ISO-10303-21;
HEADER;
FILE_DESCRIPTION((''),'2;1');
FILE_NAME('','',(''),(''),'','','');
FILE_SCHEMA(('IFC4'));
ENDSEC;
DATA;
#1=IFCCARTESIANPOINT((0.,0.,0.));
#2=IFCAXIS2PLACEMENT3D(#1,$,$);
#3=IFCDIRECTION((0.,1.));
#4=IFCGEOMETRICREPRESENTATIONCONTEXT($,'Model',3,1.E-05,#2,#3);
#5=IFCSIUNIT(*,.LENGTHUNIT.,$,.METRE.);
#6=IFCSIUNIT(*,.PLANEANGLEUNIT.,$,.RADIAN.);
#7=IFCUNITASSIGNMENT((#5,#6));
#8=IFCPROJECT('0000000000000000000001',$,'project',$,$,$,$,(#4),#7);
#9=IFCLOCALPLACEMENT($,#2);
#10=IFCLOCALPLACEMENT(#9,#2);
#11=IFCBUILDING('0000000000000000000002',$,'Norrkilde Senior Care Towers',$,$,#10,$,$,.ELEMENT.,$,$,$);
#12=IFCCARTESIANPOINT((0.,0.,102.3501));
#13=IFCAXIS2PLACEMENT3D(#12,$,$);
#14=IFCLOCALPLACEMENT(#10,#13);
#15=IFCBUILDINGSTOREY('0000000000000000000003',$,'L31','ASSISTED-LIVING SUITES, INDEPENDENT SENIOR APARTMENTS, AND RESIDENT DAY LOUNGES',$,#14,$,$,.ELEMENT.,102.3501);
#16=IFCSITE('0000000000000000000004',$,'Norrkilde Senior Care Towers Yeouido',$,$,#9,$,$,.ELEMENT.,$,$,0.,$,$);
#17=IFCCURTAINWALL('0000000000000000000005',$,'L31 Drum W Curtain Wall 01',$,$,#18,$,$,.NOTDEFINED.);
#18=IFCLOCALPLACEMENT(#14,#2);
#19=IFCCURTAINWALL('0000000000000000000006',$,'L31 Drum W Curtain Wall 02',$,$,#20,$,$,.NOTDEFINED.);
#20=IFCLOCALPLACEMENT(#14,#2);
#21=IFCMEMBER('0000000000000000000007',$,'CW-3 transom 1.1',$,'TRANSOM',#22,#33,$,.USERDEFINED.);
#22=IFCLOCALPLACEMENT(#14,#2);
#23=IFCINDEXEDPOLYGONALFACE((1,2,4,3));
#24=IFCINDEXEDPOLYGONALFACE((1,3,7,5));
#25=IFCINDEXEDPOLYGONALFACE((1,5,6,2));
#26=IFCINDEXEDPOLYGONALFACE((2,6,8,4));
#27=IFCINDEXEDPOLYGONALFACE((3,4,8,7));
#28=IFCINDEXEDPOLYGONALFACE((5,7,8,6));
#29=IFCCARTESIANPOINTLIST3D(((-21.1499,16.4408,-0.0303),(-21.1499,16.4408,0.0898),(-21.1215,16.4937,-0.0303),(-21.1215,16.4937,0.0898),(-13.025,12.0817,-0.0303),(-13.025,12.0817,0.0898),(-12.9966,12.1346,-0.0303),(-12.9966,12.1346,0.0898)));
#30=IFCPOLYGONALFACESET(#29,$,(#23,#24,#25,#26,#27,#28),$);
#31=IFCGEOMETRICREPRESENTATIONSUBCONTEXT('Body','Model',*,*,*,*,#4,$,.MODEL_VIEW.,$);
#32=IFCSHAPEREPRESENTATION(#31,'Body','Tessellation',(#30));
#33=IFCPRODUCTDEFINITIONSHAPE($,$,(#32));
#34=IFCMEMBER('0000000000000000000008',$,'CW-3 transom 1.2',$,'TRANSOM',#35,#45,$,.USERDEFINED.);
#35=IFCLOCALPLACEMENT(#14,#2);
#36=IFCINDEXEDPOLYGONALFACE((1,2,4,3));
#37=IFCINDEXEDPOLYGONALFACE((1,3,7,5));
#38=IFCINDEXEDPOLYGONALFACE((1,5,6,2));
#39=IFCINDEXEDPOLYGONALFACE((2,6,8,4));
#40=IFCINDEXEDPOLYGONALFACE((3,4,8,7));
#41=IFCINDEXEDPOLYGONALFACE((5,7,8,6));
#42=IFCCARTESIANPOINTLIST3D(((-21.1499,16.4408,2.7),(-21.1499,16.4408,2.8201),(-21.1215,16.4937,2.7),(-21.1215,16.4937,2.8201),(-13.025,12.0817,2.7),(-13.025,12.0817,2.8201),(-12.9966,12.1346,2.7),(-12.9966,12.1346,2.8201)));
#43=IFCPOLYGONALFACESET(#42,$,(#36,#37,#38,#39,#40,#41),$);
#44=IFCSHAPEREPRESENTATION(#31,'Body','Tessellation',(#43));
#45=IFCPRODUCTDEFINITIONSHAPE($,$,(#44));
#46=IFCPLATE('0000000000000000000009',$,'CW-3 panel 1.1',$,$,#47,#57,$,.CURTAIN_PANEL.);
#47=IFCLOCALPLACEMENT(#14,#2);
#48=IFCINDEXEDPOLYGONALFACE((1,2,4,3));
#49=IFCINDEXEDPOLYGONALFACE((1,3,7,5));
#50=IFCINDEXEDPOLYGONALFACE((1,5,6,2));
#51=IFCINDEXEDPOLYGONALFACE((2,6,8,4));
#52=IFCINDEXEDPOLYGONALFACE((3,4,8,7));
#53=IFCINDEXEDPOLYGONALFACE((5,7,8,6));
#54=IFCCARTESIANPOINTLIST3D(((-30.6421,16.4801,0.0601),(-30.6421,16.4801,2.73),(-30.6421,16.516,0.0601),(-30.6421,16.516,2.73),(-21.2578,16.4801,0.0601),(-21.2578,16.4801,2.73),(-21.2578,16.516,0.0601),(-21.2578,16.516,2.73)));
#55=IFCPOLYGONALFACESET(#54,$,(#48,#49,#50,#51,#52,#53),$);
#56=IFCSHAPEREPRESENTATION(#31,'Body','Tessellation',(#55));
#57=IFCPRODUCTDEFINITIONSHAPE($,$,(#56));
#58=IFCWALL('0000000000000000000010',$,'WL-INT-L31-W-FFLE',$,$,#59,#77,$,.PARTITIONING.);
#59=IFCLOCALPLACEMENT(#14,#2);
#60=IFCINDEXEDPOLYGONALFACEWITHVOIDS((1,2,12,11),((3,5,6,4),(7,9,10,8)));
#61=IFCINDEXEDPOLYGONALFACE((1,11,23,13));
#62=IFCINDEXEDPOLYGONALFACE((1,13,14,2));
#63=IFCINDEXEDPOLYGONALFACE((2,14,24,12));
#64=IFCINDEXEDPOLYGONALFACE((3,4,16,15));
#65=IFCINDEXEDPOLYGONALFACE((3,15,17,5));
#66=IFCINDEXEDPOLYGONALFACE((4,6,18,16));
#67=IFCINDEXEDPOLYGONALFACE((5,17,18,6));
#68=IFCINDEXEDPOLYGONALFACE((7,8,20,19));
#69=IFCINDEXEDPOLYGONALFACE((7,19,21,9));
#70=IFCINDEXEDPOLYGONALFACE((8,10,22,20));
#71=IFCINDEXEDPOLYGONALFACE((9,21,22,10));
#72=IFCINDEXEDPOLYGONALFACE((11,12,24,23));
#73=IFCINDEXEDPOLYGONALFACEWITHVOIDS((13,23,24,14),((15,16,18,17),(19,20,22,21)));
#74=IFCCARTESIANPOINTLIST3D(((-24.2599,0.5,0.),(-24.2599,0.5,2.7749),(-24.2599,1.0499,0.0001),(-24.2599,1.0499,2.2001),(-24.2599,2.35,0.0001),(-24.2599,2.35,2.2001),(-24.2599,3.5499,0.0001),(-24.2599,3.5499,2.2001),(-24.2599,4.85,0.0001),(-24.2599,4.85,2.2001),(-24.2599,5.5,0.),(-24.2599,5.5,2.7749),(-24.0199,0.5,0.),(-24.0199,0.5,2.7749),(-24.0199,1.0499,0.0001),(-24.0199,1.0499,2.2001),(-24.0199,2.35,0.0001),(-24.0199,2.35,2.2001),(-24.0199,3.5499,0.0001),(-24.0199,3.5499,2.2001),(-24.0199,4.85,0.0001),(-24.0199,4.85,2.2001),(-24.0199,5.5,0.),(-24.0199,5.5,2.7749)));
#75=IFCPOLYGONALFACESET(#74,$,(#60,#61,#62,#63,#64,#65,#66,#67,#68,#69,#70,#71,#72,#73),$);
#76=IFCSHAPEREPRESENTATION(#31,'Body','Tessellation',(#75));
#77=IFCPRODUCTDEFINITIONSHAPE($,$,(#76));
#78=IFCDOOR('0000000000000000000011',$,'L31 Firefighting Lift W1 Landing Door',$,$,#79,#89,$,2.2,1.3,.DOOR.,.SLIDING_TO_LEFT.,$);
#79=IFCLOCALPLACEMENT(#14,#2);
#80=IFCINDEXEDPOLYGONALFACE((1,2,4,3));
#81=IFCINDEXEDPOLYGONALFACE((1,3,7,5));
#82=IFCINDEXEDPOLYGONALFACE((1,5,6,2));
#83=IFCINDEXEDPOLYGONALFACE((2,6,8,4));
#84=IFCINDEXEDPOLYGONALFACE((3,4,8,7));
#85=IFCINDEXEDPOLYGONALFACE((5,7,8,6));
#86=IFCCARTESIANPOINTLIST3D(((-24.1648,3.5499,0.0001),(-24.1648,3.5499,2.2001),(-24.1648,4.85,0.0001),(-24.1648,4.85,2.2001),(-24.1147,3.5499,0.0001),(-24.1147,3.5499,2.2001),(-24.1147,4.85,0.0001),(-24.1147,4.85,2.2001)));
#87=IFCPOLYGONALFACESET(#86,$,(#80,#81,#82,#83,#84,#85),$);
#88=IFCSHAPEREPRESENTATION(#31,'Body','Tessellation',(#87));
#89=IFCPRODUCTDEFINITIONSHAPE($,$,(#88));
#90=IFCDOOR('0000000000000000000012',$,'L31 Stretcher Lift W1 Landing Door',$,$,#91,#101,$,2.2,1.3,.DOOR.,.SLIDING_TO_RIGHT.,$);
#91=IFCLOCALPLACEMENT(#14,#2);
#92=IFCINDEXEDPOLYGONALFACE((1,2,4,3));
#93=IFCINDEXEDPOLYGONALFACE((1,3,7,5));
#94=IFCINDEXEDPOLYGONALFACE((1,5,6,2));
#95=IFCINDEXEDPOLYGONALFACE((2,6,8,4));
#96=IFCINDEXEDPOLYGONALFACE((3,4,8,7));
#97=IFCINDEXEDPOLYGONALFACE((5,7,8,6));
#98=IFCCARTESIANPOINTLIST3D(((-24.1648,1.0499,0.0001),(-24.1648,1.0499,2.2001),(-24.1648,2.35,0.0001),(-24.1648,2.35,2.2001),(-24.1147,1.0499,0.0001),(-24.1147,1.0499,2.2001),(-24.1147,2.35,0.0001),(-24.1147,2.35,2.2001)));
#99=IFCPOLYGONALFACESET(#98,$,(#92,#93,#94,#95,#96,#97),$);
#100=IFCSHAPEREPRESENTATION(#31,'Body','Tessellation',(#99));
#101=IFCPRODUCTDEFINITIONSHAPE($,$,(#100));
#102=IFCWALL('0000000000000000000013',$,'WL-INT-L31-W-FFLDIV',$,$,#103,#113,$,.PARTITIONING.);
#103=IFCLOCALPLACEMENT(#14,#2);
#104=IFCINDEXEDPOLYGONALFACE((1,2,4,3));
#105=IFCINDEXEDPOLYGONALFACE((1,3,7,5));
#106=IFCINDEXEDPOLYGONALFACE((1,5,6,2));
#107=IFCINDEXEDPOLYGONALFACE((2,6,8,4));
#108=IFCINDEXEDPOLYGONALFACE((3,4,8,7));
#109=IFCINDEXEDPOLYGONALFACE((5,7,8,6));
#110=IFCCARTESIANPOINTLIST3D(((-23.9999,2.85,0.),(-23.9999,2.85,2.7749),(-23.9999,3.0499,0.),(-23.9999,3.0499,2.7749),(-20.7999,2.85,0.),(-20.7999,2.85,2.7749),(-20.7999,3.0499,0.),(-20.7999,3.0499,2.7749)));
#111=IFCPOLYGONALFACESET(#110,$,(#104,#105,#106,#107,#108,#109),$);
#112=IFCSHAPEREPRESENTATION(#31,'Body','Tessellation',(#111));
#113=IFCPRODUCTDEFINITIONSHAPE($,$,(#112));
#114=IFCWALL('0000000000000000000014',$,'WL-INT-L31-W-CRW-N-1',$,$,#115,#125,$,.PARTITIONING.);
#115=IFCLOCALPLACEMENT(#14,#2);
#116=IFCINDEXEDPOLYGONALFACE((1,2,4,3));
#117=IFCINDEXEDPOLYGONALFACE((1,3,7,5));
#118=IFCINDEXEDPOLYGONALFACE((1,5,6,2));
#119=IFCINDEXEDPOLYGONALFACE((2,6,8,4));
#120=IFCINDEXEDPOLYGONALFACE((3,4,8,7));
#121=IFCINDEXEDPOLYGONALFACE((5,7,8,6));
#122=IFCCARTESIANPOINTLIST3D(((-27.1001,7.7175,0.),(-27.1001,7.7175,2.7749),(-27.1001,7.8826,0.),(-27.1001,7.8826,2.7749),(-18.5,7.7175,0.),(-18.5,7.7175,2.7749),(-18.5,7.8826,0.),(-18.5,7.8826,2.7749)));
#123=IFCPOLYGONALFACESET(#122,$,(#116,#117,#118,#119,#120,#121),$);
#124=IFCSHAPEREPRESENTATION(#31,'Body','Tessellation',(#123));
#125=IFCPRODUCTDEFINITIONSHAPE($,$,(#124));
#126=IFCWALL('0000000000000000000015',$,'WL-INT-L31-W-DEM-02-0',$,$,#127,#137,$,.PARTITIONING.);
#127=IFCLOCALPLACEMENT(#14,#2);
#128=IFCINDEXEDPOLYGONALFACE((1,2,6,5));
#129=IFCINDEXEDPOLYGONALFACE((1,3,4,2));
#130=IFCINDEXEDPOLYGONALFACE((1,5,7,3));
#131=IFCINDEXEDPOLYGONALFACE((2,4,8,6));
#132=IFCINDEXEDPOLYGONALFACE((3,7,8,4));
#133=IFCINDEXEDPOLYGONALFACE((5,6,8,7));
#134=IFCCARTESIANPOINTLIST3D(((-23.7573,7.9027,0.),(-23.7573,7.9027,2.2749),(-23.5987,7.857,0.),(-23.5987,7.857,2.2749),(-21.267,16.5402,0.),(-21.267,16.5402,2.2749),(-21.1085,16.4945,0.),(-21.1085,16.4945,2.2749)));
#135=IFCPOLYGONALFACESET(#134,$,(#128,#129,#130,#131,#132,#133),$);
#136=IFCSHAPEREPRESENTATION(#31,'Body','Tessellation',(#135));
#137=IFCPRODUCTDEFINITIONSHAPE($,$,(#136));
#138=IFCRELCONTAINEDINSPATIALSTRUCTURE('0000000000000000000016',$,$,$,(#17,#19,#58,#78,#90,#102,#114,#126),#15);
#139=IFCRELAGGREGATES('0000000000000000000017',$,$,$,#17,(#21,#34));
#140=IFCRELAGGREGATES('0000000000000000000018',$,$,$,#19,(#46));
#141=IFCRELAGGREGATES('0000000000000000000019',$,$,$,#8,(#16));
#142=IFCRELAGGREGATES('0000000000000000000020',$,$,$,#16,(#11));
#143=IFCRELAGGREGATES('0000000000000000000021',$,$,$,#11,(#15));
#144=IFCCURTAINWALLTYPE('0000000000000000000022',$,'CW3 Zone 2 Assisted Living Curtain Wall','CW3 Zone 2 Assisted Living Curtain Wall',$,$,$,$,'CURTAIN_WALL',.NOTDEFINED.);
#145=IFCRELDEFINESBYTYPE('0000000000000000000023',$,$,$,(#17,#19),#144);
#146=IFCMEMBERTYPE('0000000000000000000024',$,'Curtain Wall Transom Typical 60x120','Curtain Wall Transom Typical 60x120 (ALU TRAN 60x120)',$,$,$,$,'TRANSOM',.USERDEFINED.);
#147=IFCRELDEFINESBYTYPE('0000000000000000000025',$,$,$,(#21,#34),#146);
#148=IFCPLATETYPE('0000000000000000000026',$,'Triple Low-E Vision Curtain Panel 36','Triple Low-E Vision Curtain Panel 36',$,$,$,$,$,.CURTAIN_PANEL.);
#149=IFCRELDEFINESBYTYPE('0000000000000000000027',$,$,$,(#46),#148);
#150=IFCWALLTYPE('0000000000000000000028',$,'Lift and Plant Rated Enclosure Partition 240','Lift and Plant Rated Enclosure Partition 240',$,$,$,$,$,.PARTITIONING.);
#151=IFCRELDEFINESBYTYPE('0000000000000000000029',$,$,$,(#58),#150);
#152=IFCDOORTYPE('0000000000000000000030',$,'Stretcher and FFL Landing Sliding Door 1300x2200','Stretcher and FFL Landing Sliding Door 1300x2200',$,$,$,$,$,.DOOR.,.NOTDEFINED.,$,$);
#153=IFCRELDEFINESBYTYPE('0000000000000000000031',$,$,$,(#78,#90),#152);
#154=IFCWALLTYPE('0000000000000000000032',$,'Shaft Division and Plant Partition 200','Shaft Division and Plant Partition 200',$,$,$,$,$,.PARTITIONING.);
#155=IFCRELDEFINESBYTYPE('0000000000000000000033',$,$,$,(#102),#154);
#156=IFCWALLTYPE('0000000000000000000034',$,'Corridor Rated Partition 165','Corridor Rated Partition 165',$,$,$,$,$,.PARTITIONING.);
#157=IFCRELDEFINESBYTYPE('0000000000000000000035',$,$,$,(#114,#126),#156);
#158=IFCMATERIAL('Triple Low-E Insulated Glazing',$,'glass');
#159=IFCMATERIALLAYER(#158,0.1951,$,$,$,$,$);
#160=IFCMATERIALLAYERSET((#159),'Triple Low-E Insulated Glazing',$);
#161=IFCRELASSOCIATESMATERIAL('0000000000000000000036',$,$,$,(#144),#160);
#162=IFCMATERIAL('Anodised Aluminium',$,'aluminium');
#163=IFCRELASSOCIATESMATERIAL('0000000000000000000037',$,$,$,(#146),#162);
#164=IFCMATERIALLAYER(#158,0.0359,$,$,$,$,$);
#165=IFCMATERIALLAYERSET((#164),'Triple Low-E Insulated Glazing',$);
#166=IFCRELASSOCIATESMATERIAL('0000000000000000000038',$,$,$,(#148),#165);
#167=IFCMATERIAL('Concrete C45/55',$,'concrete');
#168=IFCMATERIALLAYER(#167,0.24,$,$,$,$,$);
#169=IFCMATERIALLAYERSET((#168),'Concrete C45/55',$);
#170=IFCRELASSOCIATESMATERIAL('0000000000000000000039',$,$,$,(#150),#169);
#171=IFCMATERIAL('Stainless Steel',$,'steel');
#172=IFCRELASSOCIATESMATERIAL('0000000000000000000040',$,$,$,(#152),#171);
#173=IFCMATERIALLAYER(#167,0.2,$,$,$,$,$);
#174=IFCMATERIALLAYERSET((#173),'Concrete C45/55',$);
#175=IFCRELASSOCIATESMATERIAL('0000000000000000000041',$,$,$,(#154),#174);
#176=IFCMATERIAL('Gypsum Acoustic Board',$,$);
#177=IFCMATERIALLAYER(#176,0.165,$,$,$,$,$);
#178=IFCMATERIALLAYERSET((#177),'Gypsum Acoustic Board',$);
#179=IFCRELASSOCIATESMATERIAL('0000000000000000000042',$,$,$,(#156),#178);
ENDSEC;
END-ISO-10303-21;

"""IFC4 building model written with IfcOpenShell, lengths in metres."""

from ifc_helpers import new_model, si_unit, direction, frame, frame_2d, origin, origin_2d, place, context, subcontext, project, spatial, rectangle, extrude, source, transform, mapped, material, layer, layer_set, material_profile, profile_set, type_object, type_shapes, element, fill, aggregate, save


model = new_model("IFC4")

# Units and contexts
model_context = context("Model", 3, precision=1e-05, world=origin(), true_north=direction((0.0, 1.0)))
body_context = subcontext(model_context, "Body", "Model", "MODEL_VIEW")
ifc_project = project(units=[si_unit("LENGTHUNIT", "METRE"), si_unit("PLANEANGLEUNIT", "RADIAN")], contexts=[model_context])

# Site, building, storey
site_placement = place(None, origin())
site = spatial("IfcSite", under=ifc_project, at=site_placement, Name="Norrkilde Senior Care Towers Yeouido", CompositionType="ELEMENT", RefElevation=0.0)
building_placement = place(site_placement, origin())
building = spatial("IfcBuilding", under=site, at=building_placement, Name="Norrkilde Senior Care Towers", CompositionType="ELEMENT")
storey_placement = place(building_placement, frame((0.0, 0.0, 102.3501)))
storey = spatial("IfcBuildingStorey", under=building, at=storey_placement, Name="L31", Description="ASSISTED-LIVING SUITES, INDEPENDENT SENIOR APARTMENTS, AND RESIDENT DAY LOUNGES", CompositionType="ELEMENT", Elevation=102.3501)

# Curtain walls
ifc_material_1 = material(Name="Triple Low-E Insulated Glazing", Category="glass")
ifc_layer_1 = layer(ifc_material_1, 0.1951)
ifc_layer_set_1 = layer_set([ifc_layer_1], Name="Triple Low-E Insulated Glazing")
curtain_wall_type = type_object("IfcCurtainWallType", Name="CW3 Zone 2 Assisted Living Curtain Wall", Description="CW3 Zone 2 Assisted Living Curtain Wall", ElementType="CURTAIN_WALL", PredefinedType="NOTDEFINED", material=ifc_layer_set_1)
curtain_wall_1_placement = place(storey_placement, origin())
curtain_wall_1 = element("IfcCurtainWall", 1, at=curtain_wall_1_placement, inside=storey, type_object=curtain_wall_type, Name="L31 Drum W Curtain Wall 01", PredefinedType="NOTDEFINED")
ifc_material_2 = material(Name="Anodised Aluminium", Category="aluminium")
curtain_wall_2_placement = place(storey_placement, origin())
curtain_wall_2 = element("IfcCurtainWall", 2, at=curtain_wall_2_placement, inside=storey, type_object=curtain_wall_type, Name="L31 Drum W Curtain Wall 02", PredefinedType="NOTDEFINED")

# Members
ifc_material_profile_1 = material_profile(ifc_material_2, rectangle(XDim=0.0601, YDim=0.1201, at=origin_2d()), Name="ALU TRAN 60x120")
ifc_profile_set_1 = profile_set([ifc_material_profile_1], Name="Anodised Aluminium")
member_type_1 = type_object("IfcMemberType", Name="Curtain Wall Transom Typical 60x120", Description="Curtain Wall Transom Typical 60x120 (ALU TRAN 60x120)", ElementType="TRANSOM", PredefinedType="USERDEFINED", material=ifc_profile_set_1)
shared_shape_1 = source(origin(), body_context, "Body", "SweptSolid", [
    extrude(rectangle(XDim=0.0601, YDim=0.1201, at=origin_2d()), origin(), (0.0, 0.0, 1.0), 9.2205),
])
type_shapes(member_type_1, [shared_shape_1])
member_1_placement = place(storey_placement, frame((-21.1357, 16.4673, 0.0298), z_axis=(0.881189, -0.472765, 0.0), x_axis=(0.472765, 0.881189, 0.0)))
member_1 = element("IfcMember", 3, at=member_1_placement, type_object=member_type_1, Name="CW-3 transom 1.1", ObjectType="TRANSOM", PredefinedType="USERDEFINED", context=body_context, shape_type="MappedRepresentation", body=[
    mapped(shared_shape_1, transform((0.0, 0.0, 0.0), x_axis=(1.0, 0.0, 0.0), y_axis=(0.0, 1.0, 0.0), z_axis=(0.0, 0.0, 1.0), scale=1.0)),
])
member_2_placement = place(storey_placement, frame((-21.1357, 16.4673, 2.76), z_axis=(0.881189, -0.472765, 0.0), x_axis=(0.472765, 0.881189, 0.0)))
member_2 = element("IfcMember", 4, at=member_2_placement, type_object=member_type_1, Name="CW-3 transom 1.2", ObjectType="TRANSOM", PredefinedType="USERDEFINED", context=body_context, shape_type="MappedRepresentation", body=[
    mapped(shared_shape_1, transform((0.0, 0.0, 0.0), x_axis=(1.0, 0.0, 0.0), y_axis=(0.0, 1.0, 0.0), z_axis=(0.0, 0.0, 1.0), scale=1.0)),
])
aggregate(curtain_wall_1, [member_1, member_2])

# Plate
ifc_layer_2 = layer(ifc_material_1, 0.0359)
ifc_layer_set_2 = layer_set([ifc_layer_2], Name="Triple Low-E Insulated Glazing")
plate_type = type_object("IfcPlateType", Name="Triple Low-E Vision Curtain Panel 36", Description="Triple Low-E Vision Curtain Panel 36", PredefinedType="CURTAIN_PANEL", material=ifc_layer_set_2)
shared_shape_2 = source(origin(), body_context, "Body", "SweptSolid", [
    extrude(rectangle(XDim=9.3843, YDim=0.0359, at=origin_2d()), origin(), (0.0, 0.0, 1.0), 2.6699),
])
type_shapes(plate_type, [shared_shape_2])
plate_placement = place(storey_placement, frame((-25.95, 16.498, 0.0601), z_axis=(0.0, 0.0, 1.0), x_axis=(1.0, 0.0, 0.0)))
plate = element("IfcPlate", 5, at=plate_placement, type_object=plate_type, Name="CW-3 panel 1.1", PredefinedType="CURTAIN_PANEL", context=body_context, shape_type="MappedRepresentation", body=[
    mapped(shared_shape_2, transform((0.0, 0.0, 0.0), x_axis=(1.0, 0.0, 0.0), y_axis=(0.0, 1.0, 0.0), z_axis=(0.0, 0.0, 1.0), scale=1.0)),
])
aggregate(curtain_wall_2, [plate])

# Wall, openings, doors
ifc_material_3 = material(Name="Concrete C45/55", Category="concrete")
ifc_layer_3 = layer(ifc_material_3, 0.24)
ifc_layer_set_3 = layer_set([ifc_layer_3], Name="Concrete C45/55")
wall_type_1 = type_object("IfcWallType", Name="Lift and Plant Rated Enclosure Partition 240", Description="Lift and Plant Rated Enclosure Partition 240", PredefinedType="PARTITIONING", material=ifc_layer_set_3)
shared_shape_3 = source(origin(), body_context, "Body", "SweptSolid", [
    extrude(rectangle(XDim=5.0, YDim=0.24, at=frame_2d((2.5, 0.0))), origin(), (0.0, 0.0, 1.0), 2.7749),
])
type_shapes(wall_type_1, [shared_shape_3])
wall_1_placement = place(storey_placement, frame((-24.1399, 0.5, 0.0), z_axis=(0.0, 0.0, 1.0), x_axis=(0.0, 1.0, 0.0)))
wall_1 = element("IfcWall", 6, at=wall_1_placement, inside=storey, type_object=wall_type_1, Name="WL-INT-L31-W-FFLE", PredefinedType="PARTITIONING", context=body_context, shape_type="MappedRepresentation", body=[
    mapped(shared_shape_3, transform((0.0, 0.0, 0.0), x_axis=(1.0, 0.0, 0.0), y_axis=(0.0, 1.0, 0.0), z_axis=(0.0, 0.0, 1.0), scale=1.0)),
])
opening_1_placement = place(wall_1_placement, frame((3.05, 0.0, 0.0)))
opening_1 = element("IfcOpeningElement", 7, at=opening_1_placement, cuts=wall_1, PredefinedType="OPENING", context=body_context, shape_type="SweptSolid", body=[
    extrude(rectangle(XDim=1.3, YDim=2.2, at=frame_2d((0.6499, 1.1001))), frame((0.0, 0.1299, 0.0), z_axis=(0.0, -1.0, 0.0), x_axis=(1.0, 0.0, 0.0)), (0.0, 0.0, 1.0), 0.26),
])
opening_2_placement = place(wall_1_placement, frame((0.55, 0.0, 0.0)))
opening_2 = element("IfcOpeningElement", 8, at=opening_2_placement, cuts=wall_1, PredefinedType="OPENING", context=body_context, shape_type="SweptSolid", body=[
    extrude(rectangle(XDim=1.3, YDim=2.2, at=frame_2d((0.6499, 1.1001))), frame((0.0, 0.1299, 0.0), z_axis=(0.0, -1.0, 0.0), x_axis=(1.0, 0.0, 0.0)), (0.0, 0.0, 1.0), 0.26),
])
ifc_material_4 = material(Name="Stainless Steel", Category="steel")
door_type_1 = type_object("IfcDoorType", Name="Stretcher and FFL Landing Sliding Door 1300x2200", Description="Stretcher and FFL Landing Sliding Door 1300x2200", OperationType="NOTDEFINED", PredefinedType="DOOR", material=ifc_material_4)
shared_shape_4 = source(origin(), body_context, "Body", "SweptSolid", [
    extrude(rectangle(XDim=1.3, YDim=2.2, at=frame_2d((0.6499, 1.1001))), frame((0.0, 0.0249, 0.0), z_axis=(0.0, -1.0, 0.0), x_axis=(1.0, 0.0, 0.0)), (0.0, 0.0, 1.0), 0.05),
])
type_shapes(door_type_1, [shared_shape_4])
door_1_placement = place(opening_1_placement, origin())
door_1 = element("IfcDoor", 9, at=door_1_placement, inside=storey, type_object=door_type_1, Name="L31 Firefighting Lift W1 Landing Door", OperationType="SLIDING_TO_LEFT", OverallHeight=2.2, OverallWidth=1.3, PredefinedType="DOOR", context=body_context, shape_type="MappedRepresentation", body=[
    mapped(shared_shape_4, transform((0.0, 0.0, 0.0), x_axis=(1.0, 0.0, 0.0), y_axis=(0.0, 1.0, 0.0), z_axis=(0.0, 0.0, 1.0), scale=1.0)),
])
fill(opening_1, door_1)
door_2_placement = place(opening_2_placement, origin())
door_2 = element("IfcDoor", 10, at=door_2_placement, inside=storey, type_object=door_type_1, Name="L31 Stretcher Lift W1 Landing Door", OperationType="SLIDING_TO_RIGHT", OverallHeight=2.2, OverallWidth=1.3, PredefinedType="DOOR", context=body_context, shape_type="MappedRepresentation", body=[
    mapped(shared_shape_4, transform((0.0, 0.0, 0.0), x_axis=(1.0, 0.0, 0.0), y_axis=(0.0, 1.0, 0.0), z_axis=(0.0, 0.0, 1.0), scale=1.0)),
])
fill(opening_2, door_2)

# Wall
ifc_layer_4 = layer(ifc_material_3, 0.2)
ifc_layer_set_4 = layer_set([ifc_layer_4], Name="Concrete C45/55")
wall_type_2 = type_object("IfcWallType", Name="Shaft Division and Plant Partition 200", Description="Shaft Division and Plant Partition 200", PredefinedType="PARTITIONING", material=ifc_layer_set_4)
shared_shape_5 = source(origin(), body_context, "Body", "SweptSolid", [
    extrude(rectangle(XDim=3.2, YDim=0.2, at=frame_2d((1.6001, 0.0))), origin(), (0.0, 0.0, 1.0), 2.7749),
])
type_shapes(wall_type_2, [shared_shape_5])
wall_2_placement = place(storey_placement, frame((-24.0, 2.95, 0.0), z_axis=(0.0, 0.0, 1.0), x_axis=(1.0, 0.0, 0.0)))
element("IfcWall", 11, at=wall_2_placement, inside=storey, type_object=wall_type_2, Name="WL-INT-L31-W-FFLDIV", PredefinedType="PARTITIONING", context=body_context, shape_type="MappedRepresentation", body=[
    mapped(shared_shape_5, transform((0.0, 0.0, 0.0), x_axis=(1.0, 0.0, 0.0), y_axis=(0.0, 1.0, 0.0), z_axis=(0.0, 0.0, 1.0), scale=1.0)),
])

# Walls
ifc_material_5 = material(Name="Gypsum Acoustic Board")
ifc_layer_5 = layer(ifc_material_5, 0.165)
ifc_layer_set_5 = layer_set([ifc_layer_5], Name="Gypsum Acoustic Board")
wall_type_3 = type_object("IfcWallType", Name="Corridor Rated Partition 165", Description="Corridor Rated Partition 165", PredefinedType="PARTITIONING", material=ifc_layer_set_5)
shared_shape_6 = source(origin(), body_context, "Body", "SweptSolid", [
    extrude(rectangle(XDim=8.6001, YDim=0.165, at=frame_2d((4.3, 0.0))), origin(), (0.0, 0.0, 1.0), 2.7749),
])
wall_3_placement = place(storey_placement, frame((-27.1001, 7.8, 0.0), z_axis=(0.0, 0.0, 1.0), x_axis=(1.0, 0.0, 0.0)))
element("IfcWall", 12, at=wall_3_placement, inside=storey, type_object=wall_type_3, Name="WL-INT-L31-W-CRW-N-1", PredefinedType="PARTITIONING", context=body_context, shape_type="MappedRepresentation", body=[
    mapped(shared_shape_6, transform((0.0, 0.0, 0.0), x_axis=(1.0, 0.0, 0.0), y_axis=(0.0, 1.0, 0.0), z_axis=(0.0, 0.0, 1.0), scale=1.0)),
])
shared_shape_7 = source(origin(), body_context, "Body", "SweptSolid", [
    extrude(rectangle(XDim=8.9893, YDim=0.165, at=frame_2d((4.4946, 0.0))), origin(), (0.0, 0.0, 1.0), 2.2749),
])
wall_4_placement = place(storey_placement, frame((-23.678, 7.8799, 0.0), z_axis=(0.0, 0.0, 1.0), x_axis=(0.277023, 0.960863, 0.0)))
element("IfcWall", 13, at=wall_4_placement, inside=storey, type_object=wall_type_3, Name="WL-INT-L31-W-DEM-02-0", PredefinedType="PARTITIONING", context=body_context, shape_type="MappedRepresentation", body=[
    mapped(shared_shape_7, transform((0.0, 0.0, 0.0), x_axis=(1.0, 0.0, 0.0), y_axis=(0.0, 1.0, 0.0), z_axis=(0.0, 0.0, 1.0), scale=1.0)),
])

save(model, "model.ifc")
